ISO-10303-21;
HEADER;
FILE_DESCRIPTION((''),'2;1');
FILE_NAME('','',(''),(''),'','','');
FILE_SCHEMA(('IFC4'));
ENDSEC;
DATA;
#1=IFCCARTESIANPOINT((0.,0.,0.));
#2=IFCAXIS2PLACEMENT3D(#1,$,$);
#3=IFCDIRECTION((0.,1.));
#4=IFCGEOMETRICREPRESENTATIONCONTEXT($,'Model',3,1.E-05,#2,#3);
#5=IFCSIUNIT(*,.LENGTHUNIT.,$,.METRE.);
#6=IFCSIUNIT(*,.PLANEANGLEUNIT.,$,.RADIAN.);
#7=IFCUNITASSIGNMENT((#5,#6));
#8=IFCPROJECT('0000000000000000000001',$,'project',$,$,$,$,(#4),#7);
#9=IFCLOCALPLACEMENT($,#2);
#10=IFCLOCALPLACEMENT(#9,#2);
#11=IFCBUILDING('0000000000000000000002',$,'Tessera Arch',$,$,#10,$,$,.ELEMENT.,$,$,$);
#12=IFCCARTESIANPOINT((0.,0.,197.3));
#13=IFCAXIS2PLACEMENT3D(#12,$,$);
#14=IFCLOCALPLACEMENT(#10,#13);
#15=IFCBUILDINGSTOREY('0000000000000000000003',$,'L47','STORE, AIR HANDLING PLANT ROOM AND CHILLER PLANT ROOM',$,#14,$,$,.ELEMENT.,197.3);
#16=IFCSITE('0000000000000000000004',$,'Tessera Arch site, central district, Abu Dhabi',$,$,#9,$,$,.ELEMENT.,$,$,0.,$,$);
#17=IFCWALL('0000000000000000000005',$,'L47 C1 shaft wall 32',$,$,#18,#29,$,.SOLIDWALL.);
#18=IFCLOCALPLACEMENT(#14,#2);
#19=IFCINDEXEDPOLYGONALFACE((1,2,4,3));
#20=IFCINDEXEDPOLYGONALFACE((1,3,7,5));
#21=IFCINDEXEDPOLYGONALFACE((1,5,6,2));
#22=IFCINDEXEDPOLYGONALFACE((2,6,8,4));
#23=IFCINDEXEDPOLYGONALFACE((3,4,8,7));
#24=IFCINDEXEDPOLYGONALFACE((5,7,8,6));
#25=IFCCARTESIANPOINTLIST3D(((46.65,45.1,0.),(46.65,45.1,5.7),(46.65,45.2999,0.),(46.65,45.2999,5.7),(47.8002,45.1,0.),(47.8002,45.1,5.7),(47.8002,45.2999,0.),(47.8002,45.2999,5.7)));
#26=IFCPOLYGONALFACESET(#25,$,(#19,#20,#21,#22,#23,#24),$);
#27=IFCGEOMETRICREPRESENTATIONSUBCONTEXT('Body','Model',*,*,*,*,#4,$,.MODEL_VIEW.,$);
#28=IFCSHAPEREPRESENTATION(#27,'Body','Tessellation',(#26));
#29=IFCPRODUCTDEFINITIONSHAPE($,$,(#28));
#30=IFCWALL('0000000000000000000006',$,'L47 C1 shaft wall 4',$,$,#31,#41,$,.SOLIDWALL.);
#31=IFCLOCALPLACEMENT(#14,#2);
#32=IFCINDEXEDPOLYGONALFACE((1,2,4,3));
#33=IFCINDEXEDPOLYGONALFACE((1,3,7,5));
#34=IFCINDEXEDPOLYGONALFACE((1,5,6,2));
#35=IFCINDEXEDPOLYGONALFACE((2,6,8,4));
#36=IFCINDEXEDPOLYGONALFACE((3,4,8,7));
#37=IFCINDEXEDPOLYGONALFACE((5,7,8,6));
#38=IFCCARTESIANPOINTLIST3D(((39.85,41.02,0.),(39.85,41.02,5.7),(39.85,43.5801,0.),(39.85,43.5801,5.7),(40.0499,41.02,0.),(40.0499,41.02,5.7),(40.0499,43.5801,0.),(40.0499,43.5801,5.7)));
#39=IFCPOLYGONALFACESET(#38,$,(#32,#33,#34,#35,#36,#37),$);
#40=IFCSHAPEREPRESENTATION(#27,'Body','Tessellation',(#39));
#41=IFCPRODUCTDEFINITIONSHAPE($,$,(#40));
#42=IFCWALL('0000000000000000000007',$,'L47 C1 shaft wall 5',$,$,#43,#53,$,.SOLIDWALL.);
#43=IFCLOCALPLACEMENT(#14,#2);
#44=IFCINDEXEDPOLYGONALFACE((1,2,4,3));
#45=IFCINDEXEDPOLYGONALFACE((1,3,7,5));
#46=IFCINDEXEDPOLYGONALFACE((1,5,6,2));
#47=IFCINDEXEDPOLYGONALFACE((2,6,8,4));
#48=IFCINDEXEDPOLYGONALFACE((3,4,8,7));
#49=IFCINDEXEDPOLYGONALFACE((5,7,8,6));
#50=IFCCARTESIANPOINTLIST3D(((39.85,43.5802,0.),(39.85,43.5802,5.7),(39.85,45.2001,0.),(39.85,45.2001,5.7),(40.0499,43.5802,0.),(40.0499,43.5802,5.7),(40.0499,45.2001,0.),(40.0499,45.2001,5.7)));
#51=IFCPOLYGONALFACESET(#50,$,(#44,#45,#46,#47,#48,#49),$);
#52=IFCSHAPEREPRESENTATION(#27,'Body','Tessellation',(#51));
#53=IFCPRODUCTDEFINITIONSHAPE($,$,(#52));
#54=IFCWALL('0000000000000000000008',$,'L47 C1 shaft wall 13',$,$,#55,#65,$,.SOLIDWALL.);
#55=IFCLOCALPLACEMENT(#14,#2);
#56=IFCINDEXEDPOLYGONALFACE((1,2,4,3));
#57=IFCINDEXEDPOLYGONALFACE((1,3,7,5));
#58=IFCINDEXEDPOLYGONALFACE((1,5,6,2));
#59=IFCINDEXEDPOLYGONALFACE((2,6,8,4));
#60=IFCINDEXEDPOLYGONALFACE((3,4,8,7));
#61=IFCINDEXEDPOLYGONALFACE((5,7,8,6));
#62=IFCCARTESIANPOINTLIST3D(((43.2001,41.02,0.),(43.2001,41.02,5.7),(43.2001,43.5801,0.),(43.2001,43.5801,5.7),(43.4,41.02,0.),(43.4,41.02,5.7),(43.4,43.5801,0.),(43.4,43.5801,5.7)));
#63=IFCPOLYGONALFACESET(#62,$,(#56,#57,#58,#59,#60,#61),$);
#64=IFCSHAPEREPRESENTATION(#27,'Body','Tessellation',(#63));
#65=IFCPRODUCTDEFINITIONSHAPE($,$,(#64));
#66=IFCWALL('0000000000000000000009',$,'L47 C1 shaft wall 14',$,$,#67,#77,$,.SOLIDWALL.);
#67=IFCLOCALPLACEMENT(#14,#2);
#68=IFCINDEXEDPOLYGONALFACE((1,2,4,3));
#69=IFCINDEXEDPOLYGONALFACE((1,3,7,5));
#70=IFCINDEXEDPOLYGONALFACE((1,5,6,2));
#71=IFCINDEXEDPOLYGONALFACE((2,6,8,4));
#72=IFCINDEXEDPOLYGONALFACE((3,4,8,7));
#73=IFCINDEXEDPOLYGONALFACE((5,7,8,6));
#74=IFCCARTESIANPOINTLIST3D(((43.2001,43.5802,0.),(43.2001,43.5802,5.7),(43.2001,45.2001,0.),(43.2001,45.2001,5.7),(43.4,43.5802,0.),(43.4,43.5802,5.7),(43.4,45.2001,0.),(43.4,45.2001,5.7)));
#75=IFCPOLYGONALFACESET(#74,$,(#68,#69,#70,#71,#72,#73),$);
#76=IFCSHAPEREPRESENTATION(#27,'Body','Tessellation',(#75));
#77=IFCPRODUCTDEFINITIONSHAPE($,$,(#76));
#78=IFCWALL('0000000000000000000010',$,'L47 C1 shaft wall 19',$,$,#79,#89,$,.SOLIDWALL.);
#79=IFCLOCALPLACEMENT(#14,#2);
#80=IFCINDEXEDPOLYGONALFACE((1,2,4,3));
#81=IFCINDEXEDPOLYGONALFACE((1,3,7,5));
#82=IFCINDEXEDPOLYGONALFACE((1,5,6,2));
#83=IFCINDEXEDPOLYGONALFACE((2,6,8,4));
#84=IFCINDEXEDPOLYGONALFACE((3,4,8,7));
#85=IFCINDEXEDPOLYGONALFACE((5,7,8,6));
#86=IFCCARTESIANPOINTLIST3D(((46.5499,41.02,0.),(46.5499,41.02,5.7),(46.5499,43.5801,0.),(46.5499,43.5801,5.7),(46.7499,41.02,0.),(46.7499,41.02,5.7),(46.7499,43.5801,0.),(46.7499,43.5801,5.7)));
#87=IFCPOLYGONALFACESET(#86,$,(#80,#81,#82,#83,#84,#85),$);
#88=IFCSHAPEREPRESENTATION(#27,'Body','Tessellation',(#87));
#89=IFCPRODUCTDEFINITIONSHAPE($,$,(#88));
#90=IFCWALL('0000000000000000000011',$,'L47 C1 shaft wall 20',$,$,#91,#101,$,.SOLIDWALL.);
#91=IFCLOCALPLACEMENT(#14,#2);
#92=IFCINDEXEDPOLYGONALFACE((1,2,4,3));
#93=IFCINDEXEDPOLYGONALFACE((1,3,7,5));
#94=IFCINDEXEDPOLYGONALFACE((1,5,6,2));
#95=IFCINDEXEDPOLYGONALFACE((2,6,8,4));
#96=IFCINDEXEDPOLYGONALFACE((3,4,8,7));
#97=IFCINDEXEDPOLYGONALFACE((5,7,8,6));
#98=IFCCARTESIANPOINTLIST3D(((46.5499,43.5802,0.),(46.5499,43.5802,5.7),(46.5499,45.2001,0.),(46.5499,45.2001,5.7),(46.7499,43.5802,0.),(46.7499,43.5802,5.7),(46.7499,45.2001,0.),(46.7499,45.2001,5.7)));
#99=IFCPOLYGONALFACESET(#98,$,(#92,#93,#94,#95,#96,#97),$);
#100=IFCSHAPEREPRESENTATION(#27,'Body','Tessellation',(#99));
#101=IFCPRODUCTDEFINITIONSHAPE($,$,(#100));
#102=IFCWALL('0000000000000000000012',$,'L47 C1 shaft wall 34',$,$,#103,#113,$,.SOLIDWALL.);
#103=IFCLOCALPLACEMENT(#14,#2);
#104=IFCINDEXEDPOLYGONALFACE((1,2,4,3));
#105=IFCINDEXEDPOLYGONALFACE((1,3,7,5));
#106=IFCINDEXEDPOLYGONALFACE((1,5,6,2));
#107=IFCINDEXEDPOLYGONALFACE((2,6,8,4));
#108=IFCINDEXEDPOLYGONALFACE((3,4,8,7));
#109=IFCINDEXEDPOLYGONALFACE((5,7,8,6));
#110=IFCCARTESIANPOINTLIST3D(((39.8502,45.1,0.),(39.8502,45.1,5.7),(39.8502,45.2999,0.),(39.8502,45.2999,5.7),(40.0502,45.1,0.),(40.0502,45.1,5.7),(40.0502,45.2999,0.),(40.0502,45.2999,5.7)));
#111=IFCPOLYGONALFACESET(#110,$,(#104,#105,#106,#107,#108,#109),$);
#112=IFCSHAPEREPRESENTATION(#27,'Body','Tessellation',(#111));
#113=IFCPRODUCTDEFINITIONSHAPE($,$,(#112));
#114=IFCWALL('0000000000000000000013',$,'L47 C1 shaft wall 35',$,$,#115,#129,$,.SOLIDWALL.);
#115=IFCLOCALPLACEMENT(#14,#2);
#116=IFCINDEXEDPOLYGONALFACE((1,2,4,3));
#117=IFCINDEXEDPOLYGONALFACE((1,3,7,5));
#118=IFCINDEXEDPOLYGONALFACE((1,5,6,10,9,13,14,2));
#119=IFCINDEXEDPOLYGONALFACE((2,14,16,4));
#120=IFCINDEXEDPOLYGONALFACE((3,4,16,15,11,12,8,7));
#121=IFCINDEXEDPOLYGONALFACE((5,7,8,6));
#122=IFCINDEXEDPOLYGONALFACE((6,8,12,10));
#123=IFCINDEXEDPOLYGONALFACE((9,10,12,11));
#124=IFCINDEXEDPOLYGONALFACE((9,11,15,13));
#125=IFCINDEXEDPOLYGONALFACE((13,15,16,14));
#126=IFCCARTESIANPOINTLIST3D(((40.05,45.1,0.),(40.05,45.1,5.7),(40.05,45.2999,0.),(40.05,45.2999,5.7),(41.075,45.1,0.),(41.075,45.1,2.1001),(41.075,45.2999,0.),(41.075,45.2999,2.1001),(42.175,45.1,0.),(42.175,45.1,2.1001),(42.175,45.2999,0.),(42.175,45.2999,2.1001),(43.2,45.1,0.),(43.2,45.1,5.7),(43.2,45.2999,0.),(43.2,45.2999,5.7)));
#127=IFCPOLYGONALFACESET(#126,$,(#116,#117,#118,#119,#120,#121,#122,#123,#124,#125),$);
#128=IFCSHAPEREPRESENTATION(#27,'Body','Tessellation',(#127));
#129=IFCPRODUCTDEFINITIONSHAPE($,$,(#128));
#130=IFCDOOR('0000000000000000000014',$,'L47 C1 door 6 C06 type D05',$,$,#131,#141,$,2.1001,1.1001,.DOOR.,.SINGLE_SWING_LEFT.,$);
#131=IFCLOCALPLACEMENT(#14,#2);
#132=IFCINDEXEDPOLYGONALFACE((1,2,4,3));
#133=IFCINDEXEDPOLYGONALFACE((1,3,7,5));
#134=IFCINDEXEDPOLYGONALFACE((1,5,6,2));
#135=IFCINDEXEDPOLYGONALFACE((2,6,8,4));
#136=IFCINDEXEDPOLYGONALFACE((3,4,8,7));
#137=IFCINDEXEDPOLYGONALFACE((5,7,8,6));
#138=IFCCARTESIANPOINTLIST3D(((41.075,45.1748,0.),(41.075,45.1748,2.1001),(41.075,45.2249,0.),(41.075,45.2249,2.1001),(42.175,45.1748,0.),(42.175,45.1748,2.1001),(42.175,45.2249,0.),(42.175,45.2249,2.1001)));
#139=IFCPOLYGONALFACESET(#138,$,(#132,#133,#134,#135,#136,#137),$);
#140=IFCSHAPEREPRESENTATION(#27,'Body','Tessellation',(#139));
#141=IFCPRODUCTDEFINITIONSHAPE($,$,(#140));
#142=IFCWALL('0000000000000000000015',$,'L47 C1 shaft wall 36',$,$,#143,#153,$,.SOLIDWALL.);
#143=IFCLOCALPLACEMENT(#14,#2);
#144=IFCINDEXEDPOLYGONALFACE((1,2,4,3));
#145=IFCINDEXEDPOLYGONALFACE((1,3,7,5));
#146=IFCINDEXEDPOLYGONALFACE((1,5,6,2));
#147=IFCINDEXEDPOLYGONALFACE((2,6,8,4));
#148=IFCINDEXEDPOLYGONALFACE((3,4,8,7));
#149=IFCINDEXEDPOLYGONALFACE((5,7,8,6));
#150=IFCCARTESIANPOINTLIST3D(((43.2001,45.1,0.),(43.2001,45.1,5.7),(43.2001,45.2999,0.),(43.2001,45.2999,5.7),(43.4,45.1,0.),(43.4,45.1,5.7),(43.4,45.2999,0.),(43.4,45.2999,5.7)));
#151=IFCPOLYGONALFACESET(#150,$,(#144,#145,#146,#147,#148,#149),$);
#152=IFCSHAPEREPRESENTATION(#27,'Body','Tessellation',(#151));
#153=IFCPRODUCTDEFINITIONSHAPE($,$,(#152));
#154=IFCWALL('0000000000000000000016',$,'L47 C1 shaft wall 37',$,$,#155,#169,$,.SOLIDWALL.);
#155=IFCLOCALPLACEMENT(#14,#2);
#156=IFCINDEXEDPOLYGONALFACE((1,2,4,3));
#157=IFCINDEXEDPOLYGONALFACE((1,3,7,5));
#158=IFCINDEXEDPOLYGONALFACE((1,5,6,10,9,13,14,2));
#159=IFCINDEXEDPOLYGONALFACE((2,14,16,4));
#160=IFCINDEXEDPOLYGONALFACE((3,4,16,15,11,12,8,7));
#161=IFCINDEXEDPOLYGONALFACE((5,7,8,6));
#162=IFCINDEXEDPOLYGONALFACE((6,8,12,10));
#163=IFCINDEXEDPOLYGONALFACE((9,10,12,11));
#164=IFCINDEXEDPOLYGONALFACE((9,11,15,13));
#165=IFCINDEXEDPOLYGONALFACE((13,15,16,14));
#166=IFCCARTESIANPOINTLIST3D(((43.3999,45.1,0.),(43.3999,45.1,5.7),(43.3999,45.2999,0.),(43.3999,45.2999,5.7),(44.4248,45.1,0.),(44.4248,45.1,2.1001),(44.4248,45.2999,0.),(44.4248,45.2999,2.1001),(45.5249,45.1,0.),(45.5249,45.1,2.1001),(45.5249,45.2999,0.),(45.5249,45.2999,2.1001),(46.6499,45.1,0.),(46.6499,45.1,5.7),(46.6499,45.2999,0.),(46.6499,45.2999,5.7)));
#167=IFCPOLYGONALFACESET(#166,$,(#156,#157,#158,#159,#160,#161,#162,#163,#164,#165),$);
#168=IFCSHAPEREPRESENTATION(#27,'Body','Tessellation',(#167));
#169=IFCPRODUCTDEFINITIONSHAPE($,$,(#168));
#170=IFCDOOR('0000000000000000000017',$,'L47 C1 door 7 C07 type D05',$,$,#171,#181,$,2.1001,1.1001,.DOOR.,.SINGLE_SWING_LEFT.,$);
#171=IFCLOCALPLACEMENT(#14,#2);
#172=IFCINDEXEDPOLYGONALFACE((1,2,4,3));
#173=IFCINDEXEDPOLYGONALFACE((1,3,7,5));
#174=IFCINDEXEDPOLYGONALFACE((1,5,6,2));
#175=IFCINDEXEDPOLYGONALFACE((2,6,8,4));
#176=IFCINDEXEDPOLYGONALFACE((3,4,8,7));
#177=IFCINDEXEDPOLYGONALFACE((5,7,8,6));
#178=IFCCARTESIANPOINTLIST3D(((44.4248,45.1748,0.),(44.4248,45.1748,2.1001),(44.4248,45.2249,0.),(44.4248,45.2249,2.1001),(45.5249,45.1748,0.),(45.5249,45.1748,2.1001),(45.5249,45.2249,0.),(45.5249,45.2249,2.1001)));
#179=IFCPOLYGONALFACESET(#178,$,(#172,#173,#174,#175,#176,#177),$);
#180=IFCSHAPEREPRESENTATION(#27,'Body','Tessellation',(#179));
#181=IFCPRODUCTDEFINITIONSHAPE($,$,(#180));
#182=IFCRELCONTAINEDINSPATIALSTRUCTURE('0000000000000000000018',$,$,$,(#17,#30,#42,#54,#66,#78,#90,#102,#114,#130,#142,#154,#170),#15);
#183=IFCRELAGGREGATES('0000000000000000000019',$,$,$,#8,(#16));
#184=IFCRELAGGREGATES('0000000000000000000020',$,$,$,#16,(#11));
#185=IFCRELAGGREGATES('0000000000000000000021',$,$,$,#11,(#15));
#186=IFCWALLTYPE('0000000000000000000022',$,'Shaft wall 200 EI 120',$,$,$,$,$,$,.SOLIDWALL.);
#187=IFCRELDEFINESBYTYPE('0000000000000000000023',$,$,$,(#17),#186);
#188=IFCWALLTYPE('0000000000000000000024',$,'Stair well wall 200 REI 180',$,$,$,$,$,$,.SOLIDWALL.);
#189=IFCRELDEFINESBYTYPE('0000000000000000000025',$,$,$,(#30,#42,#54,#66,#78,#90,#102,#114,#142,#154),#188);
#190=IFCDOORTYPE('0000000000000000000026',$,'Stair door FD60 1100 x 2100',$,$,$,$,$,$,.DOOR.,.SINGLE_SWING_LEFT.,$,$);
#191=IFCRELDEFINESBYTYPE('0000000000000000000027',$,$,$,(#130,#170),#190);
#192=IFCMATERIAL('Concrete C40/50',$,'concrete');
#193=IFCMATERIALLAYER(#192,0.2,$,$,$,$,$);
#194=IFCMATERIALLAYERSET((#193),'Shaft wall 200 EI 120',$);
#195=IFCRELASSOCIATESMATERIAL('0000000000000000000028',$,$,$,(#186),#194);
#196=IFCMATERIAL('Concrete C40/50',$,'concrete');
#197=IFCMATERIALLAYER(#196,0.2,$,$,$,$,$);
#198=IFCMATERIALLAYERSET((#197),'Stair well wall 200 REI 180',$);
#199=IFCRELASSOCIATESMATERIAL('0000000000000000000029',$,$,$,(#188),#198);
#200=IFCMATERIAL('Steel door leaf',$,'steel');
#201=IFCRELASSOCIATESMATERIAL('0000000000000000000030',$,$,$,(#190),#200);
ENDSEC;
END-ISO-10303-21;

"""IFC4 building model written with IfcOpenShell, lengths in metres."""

from ifc_helpers import new_model, si_unit, direction, frame, frame_2d, origin, place, context, subcontext, project, spatial, rectangle, extrude, material, layer, layer_set, type_object, element, fill, save


model = new_model("IFC4")

# Units and contexts
model_context = context("Model", 3, precision=1e-05, world=origin(), true_north=direction((0.0, 1.0)))
body_context = subcontext(model_context, "Body", "Model", "MODEL_VIEW")
ifc_project = project(units=[si_unit("LENGTHUNIT", "METRE"), si_unit("PLANEANGLEUNIT", "RADIAN")], contexts=[model_context])

# Site, building, storey
site_placement = place(None, origin())
site = spatial("IfcSite", under=ifc_project, at=site_placement, Name="Tessera Arch site, central district, Abu Dhabi", CompositionType="ELEMENT", RefElevation=0.0)
building_placement = place(site_placement, origin())
building = spatial("IfcBuilding", under=site, at=building_placement, Name="Tessera Arch", CompositionType="ELEMENT")
storey_placement = place(building_placement, frame((0.0, 0.0, 197.3)))
storey = spatial("IfcBuildingStorey", under=building, at=storey_placement, Name="L47", Description="STORE, AIR HANDLING PLANT ROOM AND CHILLER PLANT ROOM", CompositionType="ELEMENT", Elevation=197.3)

# Walls
ifc_material_1 = material(Name="Concrete C40/50", Category="concrete")
ifc_layer_1 = layer(ifc_material_1, 0.2)
ifc_layer_set_1 = layer_set([ifc_layer_1], Name="Shaft wall 200 EI 120")
wall_type_1 = type_object("IfcWallType", Name="Shaft wall 200 EI 120", PredefinedType="SOLIDWALL", material=ifc_layer_set_1)
wall_1_placement = place(storey_placement, frame((46.6499, 45.2, 0.0), z_axis=(0.0, 0.0, 1.0), x_axis=(1.0, 0.0, 0.0)))
element("IfcWall", 1, at=wall_1_placement, inside=storey, type_object=wall_type_1, Name="L47 C1 shaft wall 32", PredefinedType="SOLIDWALL", context=body_context, shape_type="SweptSolid", body=[
    extrude(rectangle(XDim=1.1501, YDim=0.2, at=frame_2d((0.5752, 0.0))), origin(), (0.0, 0.0, 1.0), 5.7),
])
ifc_material_2 = material(Name="Concrete C40/50", Category="concrete")
ifc_layer_2 = layer(ifc_material_2, 0.2)
ifc_layer_set_2 = layer_set([ifc_layer_2], Name="Stair well wall 200 REI 180")
wall_type_2 = type_object("IfcWallType", Name="Stair well wall 200 REI 180", PredefinedType="SOLIDWALL", material=ifc_layer_set_2)
wall_2_placement = place(storey_placement, frame((39.95, 41.02, 0.0), z_axis=(0.0, 0.0, 1.0), x_axis=(0.0, 1.0, 0.0)))
element("IfcWall", 2, at=wall_2_placement, inside=storey, type_object=wall_type_2, Name="L47 C1 shaft wall 4", PredefinedType="SOLIDWALL", context=body_context, shape_type="SweptSolid", body=[
    extrude(rectangle(XDim=2.5601, YDim=0.2, at=frame_2d((1.28, 0.0))), origin(), (0.0, 0.0, 1.0), 5.7),
])
wall_3_placement = place(storey_placement, frame((39.95, 43.5801, 0.0), z_axis=(0.0, 0.0, 1.0), x_axis=(0.0, 1.0, 0.0)))
element("IfcWall", 3, at=wall_3_placement, inside=storey, type_object=wall_type_2, Name="L47 C1 shaft wall 5", PredefinedType="SOLIDWALL", context=body_context, shape_type="SweptSolid", body=[
    extrude(rectangle(XDim=1.6199, YDim=0.2, at=frame_2d((0.8101, 0.0))), origin(), (0.0, 0.0, 1.0), 5.7),
])
wall_4_placement = place(storey_placement, frame((43.3, 41.02, 0.0), z_axis=(0.0, 0.0, 1.0), x_axis=(0.0, 1.0, 0.0)))
element("IfcWall", 4, at=wall_4_placement, inside=storey, type_object=wall_type_2, Name="L47 C1 shaft wall 13", PredefinedType="SOLIDWALL", context=body_context, shape_type="SweptSolid", body=[
    extrude(rectangle(XDim=2.5601, YDim=0.2, at=frame_2d((1.28, 0.0))), origin(), (0.0, 0.0, 1.0), 5.7),
])
wall_5_placement = place(storey_placement, frame((43.3, 43.5801, 0.0), z_axis=(0.0, 0.0, 1.0), x_axis=(0.0, 1.0, 0.0)))
element("IfcWall", 5, at=wall_5_placement, inside=storey, type_object=wall_type_2, Name="L47 C1 shaft wall 14", PredefinedType="SOLIDWALL", context=body_context, shape_type="SweptSolid", body=[
    extrude(rectangle(XDim=1.6199, YDim=0.2, at=frame_2d((0.8101, 0.0))), origin(), (0.0, 0.0, 1.0), 5.7),
])
wall_6_placement = place(storey_placement, frame((46.6499, 41.02, 0.0), z_axis=(0.0, 0.0, 1.0), x_axis=(0.0, 1.0, 0.0)))
element("IfcWall", 6, at=wall_6_placement, inside=storey, type_object=wall_type_2, Name="L47 C1 shaft wall 19", PredefinedType="SOLIDWALL", context=body_context, shape_type="SweptSolid", body=[
    extrude(rectangle(XDim=2.5601, YDim=0.2, at=frame_2d((1.28, 0.0))), origin(), (0.0, 0.0, 1.0), 5.7),
])
wall_7_placement = place(storey_placement, frame((46.6499, 43.5801, 0.0), z_axis=(0.0, 0.0, 1.0), x_axis=(0.0, 1.0, 0.0)))
element("IfcWall", 7, at=wall_7_placement, inside=storey, type_object=wall_type_2, Name="L47 C1 shaft wall 20", PredefinedType="SOLIDWALL", context=body_context, shape_type="SweptSolid", body=[
    extrude(rectangle(XDim=1.6199, YDim=0.2, at=frame_2d((0.8101, 0.0))), origin(), (0.0, 0.0, 1.0), 5.7),
])
wall_8_placement = place(storey_placement, frame((39.8501, 45.2, 0.0), z_axis=(0.0, 0.0, 1.0), x_axis=(1.0, 0.0, 0.0)))
element("IfcWall", 8, at=wall_8_placement, inside=storey, type_object=wall_type_2, Name="L47 C1 shaft wall 34", PredefinedType="SOLIDWALL", context=body_context, shape_type="SweptSolid", body=[
    extrude(rectangle(XDim=0.2, YDim=0.2, at=frame_2d((0.1001, 0.0))), origin(), (0.0, 0.0, 1.0), 5.7),
])

# Wall, opening, door
wall_9_placement = place(storey_placement, frame((40.05, 45.2, 0.0), z_axis=(0.0, 0.0, 1.0), x_axis=(1.0, 0.0, 0.0)))
wall_9 = element("IfcWall", 9, at=wall_9_placement, inside=storey, type_object=wall_type_2, Name="L47 C1 shaft wall 35", PredefinedType="SOLIDWALL", context=body_context, shape_type="SweptSolid", body=[
    extrude(rectangle(XDim=3.1499, YDim=0.2, at=frame_2d((1.575, 0.0))), origin(), (0.0, 0.0, 1.0), 5.7),
])
opening_1_placement = place(wall_9_placement, frame((1.0249, 0.0, 0.0)))
opening_1 = element("IfcOpeningElement", 10, at=opening_1_placement, cuts=wall_9, PredefinedType="OPENING", context=body_context, shape_type="SweptSolid", body=[
    extrude(rectangle(XDim=1.1001, YDim=2.1001, at=frame_2d((0.55, 1.05))), frame((0.0, 0.1099, 0.0), z_axis=(0.0, -1.0, 0.0), x_axis=(1.0, 0.0, 0.0)), (0.0, 0.0, 1.0), 0.22),
])
ifc_material_3 = material(Name="Steel door leaf", Category="steel")
door_type = type_object("IfcDoorType", Name="Stair door FD60 1100 x 2100", OperationType="SINGLE_SWING_LEFT", PredefinedType="DOOR", material=ifc_material_3)
door_1_placement = place(opening_1_placement, origin())
door_1 = element("IfcDoor", 11, at=door_1_placement, inside=storey, type_object=door_type, Name="L47 C1 door 6 C06 type D05", OperationType="SINGLE_SWING_LEFT", OverallHeight=2.1001, OverallWidth=1.1001, PredefinedType="DOOR", context=body_context, shape_type="SweptSolid", body=[
    extrude(rectangle(XDim=1.1001, YDim=2.1001, at=frame_2d((0.55, 1.05))), frame((0.0, 0.0249, 0.0), z_axis=(0.0, -1.0, 0.0), x_axis=(1.0, 0.0, 0.0)), (0.0, 0.0, 1.0), 0.05),
])
fill(opening_1, door_1)

# Wall
wall_10_placement = place(storey_placement, frame((43.2, 45.2, 0.0), z_axis=(0.0, 0.0, 1.0), x_axis=(1.0, 0.0, 0.0)))
element("IfcWall", 12, at=wall_10_placement, inside=storey, type_object=wall_type_2, Name="L47 C1 shaft wall 36", PredefinedType="SOLIDWALL", context=body_context, shape_type="SweptSolid", body=[
    extrude(rectangle(XDim=0.2, YDim=0.2, at=frame_2d((0.1001, 0.0))), origin(), (0.0, 0.0, 1.0), 5.7),
])

# Wall, opening, door
wall_11_placement = place(storey_placement, frame((43.3999, 45.2, 0.0), z_axis=(0.0, 0.0, 1.0), x_axis=(1.0, 0.0, 0.0)))
wall_11 = element("IfcWall", 13, at=wall_11_placement, inside=storey, type_object=wall_type_2, Name="L47 C1 shaft wall 37", PredefinedType="SOLIDWALL", context=body_context, shape_type="SweptSolid", body=[
    extrude(rectangle(XDim=3.25, YDim=0.2, at=frame_2d((1.625, 0.0))), origin(), (0.0, 0.0, 1.0), 5.7),
])
opening_2_placement = place(wall_11_placement, frame((1.0249, 0.0, 0.0)))
opening_2 = element("IfcOpeningElement", 14, at=opening_2_placement, cuts=wall_11, PredefinedType="OPENING", context=body_context, shape_type="SweptSolid", body=[
    extrude(rectangle(XDim=1.1001, YDim=2.1001, at=frame_2d((0.55, 1.05))), frame((0.0, 0.1099, 0.0), z_axis=(0.0, -1.0, 0.0), x_axis=(1.0, 0.0, 0.0)), (0.0, 0.0, 1.0), 0.22),
])
door_2_placement = place(opening_2_placement, origin())
door_2 = element("IfcDoor", 15, at=door_2_placement, inside=storey, type_object=door_type, Name="L47 C1 door 7 C07 type D05", OperationType="SINGLE_SWING_LEFT", OverallHeight=2.1001, OverallWidth=1.1001, PredefinedType="DOOR", context=body_context, shape_type="SweptSolid", body=[
    extrude(rectangle(XDim=1.1001, YDim=2.1001, at=frame_2d((0.55, 1.05))), frame((0.0, 0.0249, 0.0), z_axis=(0.0, -1.0, 0.0), x_axis=(1.0, 0.0, 0.0)), (0.0, 0.0, 1.0), 0.05),
])
fill(opening_2, door_2)

save(model, "model.ifc")
